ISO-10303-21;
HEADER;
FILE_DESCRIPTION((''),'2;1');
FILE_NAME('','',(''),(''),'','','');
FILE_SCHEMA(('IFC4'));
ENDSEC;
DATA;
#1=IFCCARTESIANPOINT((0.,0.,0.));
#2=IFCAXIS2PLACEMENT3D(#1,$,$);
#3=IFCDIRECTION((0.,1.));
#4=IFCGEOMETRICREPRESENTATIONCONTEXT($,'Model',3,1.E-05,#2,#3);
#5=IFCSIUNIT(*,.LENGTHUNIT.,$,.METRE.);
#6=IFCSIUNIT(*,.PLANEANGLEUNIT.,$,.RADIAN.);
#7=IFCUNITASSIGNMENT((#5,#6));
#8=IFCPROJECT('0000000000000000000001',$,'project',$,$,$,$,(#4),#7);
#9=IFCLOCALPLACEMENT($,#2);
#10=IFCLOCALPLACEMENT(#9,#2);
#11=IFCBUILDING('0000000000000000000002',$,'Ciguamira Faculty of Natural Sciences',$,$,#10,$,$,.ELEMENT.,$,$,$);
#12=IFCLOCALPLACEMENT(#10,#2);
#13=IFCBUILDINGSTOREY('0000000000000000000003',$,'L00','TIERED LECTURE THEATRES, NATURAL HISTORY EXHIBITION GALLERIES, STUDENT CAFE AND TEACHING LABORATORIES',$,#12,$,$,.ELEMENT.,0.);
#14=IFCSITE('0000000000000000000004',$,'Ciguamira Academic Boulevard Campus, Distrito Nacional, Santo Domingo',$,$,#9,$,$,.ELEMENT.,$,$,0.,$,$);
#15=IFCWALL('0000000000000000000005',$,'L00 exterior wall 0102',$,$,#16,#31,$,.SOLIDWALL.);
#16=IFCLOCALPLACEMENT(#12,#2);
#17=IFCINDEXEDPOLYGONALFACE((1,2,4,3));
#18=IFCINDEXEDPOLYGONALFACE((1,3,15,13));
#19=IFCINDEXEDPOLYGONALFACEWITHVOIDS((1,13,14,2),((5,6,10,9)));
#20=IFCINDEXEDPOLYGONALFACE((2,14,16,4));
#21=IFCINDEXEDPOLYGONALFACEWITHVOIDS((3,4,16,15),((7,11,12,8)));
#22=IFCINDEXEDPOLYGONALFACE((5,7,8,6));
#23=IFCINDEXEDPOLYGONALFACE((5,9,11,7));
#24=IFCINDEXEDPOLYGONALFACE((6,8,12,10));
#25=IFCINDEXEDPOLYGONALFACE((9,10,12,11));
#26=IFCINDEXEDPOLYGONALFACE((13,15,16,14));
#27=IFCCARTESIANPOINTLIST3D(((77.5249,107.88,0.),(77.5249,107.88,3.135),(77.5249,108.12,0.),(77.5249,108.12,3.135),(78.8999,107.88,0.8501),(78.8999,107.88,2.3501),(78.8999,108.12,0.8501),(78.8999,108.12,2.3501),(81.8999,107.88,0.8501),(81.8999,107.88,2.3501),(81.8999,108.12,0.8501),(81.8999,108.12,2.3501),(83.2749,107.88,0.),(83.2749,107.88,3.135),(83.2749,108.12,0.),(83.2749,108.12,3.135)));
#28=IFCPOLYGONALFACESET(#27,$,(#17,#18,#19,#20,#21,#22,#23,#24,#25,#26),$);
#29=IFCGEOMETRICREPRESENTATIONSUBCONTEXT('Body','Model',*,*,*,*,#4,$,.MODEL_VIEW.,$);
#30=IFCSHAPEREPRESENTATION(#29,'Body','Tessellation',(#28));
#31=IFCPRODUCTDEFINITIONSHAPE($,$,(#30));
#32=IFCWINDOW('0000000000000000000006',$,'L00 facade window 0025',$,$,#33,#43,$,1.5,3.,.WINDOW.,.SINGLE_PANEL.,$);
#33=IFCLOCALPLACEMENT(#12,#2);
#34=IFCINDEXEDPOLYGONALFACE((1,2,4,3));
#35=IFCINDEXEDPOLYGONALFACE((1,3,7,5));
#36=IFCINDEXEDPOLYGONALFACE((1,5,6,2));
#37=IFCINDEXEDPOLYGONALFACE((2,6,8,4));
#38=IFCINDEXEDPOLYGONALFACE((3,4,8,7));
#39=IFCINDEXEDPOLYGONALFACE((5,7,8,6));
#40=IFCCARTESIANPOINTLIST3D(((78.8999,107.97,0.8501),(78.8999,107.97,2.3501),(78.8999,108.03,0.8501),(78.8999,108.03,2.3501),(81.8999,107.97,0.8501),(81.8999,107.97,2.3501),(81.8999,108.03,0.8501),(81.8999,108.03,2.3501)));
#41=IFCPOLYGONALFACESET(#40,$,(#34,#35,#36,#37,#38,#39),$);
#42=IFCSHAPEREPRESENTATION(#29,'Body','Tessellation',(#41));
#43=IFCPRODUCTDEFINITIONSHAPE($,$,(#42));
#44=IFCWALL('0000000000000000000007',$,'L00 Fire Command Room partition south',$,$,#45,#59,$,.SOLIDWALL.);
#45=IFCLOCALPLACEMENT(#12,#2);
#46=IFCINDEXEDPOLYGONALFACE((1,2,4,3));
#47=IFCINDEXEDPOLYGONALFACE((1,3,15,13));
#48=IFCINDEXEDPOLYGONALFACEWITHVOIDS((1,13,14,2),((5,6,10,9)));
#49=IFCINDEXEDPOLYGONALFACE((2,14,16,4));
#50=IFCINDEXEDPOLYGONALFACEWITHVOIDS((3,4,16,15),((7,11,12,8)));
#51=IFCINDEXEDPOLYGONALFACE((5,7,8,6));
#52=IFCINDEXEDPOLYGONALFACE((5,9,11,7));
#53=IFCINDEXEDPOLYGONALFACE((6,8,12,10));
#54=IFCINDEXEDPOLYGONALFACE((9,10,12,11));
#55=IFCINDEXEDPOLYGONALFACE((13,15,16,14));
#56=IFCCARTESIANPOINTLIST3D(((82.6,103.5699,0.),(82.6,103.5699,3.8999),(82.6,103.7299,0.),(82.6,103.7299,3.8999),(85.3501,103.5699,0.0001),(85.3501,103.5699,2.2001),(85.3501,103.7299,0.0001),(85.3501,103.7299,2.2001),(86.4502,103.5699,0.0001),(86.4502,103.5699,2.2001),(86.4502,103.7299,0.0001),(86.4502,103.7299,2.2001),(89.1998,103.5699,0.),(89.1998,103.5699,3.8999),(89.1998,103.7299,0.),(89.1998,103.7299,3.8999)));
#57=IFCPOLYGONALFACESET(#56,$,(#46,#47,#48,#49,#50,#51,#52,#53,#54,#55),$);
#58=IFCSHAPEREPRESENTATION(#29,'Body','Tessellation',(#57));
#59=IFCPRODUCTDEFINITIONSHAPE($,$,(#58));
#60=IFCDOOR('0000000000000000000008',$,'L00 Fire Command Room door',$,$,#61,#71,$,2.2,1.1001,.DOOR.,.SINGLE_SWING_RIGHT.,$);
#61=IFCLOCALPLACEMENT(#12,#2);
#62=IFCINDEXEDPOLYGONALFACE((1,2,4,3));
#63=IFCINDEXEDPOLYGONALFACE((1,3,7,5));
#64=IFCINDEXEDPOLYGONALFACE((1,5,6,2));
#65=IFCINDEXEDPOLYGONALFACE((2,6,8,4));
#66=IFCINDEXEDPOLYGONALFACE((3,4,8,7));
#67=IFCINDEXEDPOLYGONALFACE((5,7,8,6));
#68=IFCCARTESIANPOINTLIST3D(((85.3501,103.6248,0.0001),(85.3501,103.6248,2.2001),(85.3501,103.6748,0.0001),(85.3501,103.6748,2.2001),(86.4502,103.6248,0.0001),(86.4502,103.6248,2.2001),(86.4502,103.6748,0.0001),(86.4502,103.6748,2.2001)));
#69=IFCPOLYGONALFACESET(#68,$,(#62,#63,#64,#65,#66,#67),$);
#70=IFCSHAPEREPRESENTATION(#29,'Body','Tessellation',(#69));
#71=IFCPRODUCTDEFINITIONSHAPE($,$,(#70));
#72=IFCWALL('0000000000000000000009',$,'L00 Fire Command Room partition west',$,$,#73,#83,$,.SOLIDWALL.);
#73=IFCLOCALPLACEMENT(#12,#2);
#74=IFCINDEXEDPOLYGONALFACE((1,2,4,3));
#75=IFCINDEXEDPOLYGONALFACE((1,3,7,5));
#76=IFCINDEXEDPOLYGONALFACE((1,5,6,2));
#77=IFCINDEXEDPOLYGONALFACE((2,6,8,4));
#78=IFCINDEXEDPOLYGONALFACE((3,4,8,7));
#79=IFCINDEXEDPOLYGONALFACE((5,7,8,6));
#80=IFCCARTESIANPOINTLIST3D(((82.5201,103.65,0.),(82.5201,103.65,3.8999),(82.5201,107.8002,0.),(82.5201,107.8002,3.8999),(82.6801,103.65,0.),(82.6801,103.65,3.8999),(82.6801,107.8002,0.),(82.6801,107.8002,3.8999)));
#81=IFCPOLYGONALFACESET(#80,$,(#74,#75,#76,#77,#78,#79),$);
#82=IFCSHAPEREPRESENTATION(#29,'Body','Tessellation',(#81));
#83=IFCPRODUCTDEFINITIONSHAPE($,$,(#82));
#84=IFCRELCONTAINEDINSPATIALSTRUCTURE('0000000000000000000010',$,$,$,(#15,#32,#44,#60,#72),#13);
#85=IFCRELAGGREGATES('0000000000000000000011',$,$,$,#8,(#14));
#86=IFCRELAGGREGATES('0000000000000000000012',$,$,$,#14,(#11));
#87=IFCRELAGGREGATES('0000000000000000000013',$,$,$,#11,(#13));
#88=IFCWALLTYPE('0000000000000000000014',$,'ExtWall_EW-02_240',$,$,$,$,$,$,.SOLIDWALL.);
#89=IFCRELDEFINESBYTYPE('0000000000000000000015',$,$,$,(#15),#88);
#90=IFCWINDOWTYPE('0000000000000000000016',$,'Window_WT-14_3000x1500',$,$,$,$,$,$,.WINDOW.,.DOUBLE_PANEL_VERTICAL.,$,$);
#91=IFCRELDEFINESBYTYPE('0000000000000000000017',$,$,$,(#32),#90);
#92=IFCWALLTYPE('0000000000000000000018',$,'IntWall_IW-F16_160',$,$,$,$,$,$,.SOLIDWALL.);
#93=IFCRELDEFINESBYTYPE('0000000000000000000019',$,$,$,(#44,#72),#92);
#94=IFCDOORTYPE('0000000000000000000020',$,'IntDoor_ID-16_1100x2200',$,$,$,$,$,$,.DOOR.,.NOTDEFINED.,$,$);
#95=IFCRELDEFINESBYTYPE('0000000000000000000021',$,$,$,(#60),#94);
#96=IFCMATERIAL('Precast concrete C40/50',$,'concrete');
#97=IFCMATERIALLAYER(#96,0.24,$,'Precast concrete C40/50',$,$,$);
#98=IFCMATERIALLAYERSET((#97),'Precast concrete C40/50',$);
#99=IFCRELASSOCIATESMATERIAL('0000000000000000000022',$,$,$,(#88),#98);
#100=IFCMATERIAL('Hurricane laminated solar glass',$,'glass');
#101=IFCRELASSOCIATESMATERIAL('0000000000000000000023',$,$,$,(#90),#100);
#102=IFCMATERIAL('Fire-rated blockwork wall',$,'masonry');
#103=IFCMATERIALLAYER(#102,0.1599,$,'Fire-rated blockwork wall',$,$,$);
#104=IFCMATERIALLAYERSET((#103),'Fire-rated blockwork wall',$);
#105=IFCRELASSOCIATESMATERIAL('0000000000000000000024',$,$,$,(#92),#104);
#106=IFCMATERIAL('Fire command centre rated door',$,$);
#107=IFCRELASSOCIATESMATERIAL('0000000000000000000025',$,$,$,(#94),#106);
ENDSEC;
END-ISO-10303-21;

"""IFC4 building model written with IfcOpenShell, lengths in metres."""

from ifc_helpers import new_model, si_unit, direction, frame, frame_2d, origin, place, context, subcontext, project, spatial, rectangle, extrude, material, layer, layer_set, type_object, element, fill, save


model = new_model("IFC4")

# Units and contexts
model_context = context("Model", 3, precision=1e-05, world=origin(), true_north=direction((0.0, 1.0)))
body_context = subcontext(model_context, "Body", "Model", "MODEL_VIEW")
ifc_project = project(units=[si_unit("LENGTHUNIT", "METRE"), si_unit("PLANEANGLEUNIT", "RADIAN")], contexts=[model_context])

# Site, building, storey
site_placement = place(None, origin())
site = spatial("IfcSite", under=ifc_project, at=site_placement, Name="Ciguamira Academic Boulevard Campus, Distrito Nacional, Santo Domingo", CompositionType="ELEMENT", RefElevation=0.0)
building_placement = place(site_placement, origin())
building = spatial("IfcBuilding", under=site, at=building_placement, Name="Ciguamira Faculty of Natural Sciences", CompositionType="ELEMENT")
storey_placement = place(building_placement, origin())
storey = spatial("IfcBuildingStorey", under=building, at=storey_placement, Name="L00", Description="TIERED LECTURE THEATRES, NATURAL HISTORY EXHIBITION GALLERIES, STUDENT CAFE AND TEACHING LABORATORIES", CompositionType="ELEMENT", Elevation=0.0)

# Wall, opening, window
ifc_material_1 = material(Name="Precast concrete C40/50", Category="concrete")
ifc_layer_1 = layer(ifc_material_1, 0.24, Name="Precast concrete C40/50")
ifc_layer_set_1 = layer_set([ifc_layer_1], Name="Precast concrete C40/50")
wall_type_1 = type_object("IfcWallType", Name="ExtWall_EW-02_240", PredefinedType="SOLIDWALL", material=ifc_layer_set_1)
wall_1_placement = place(storey_placement, frame((77.5249, 108.0, 0.0), z_axis=(0.0, 0.0, 1.0), x_axis=(1.0, 0.0, 0.0)))
wall_1 = element("IfcWall", 1, at=wall_1_placement, inside=storey, type_object=wall_type_1, Name="L00 exterior wall 0102", PredefinedType="SOLIDWALL", context=body_context, shape_type="SweptSolid", body=[
    extrude(rectangle(XDim=5.75, YDim=0.24, at=frame_2d((2.875, 0.0))), origin(), (0.0, 0.0, 1.0), 3.135),
])
opening_1_placement = place(wall_1_placement, frame((1.375, 0.0, 0.8501)))
opening_1 = element("IfcOpeningElement", 2, at=opening_1_placement, cuts=wall_1, PredefinedType="OPENING", context=body_context, shape_type="SweptSolid", body=[
    extrude(rectangle(XDim=3.0, YDim=1.5, at=frame_2d((1.5, 0.75))), frame((0.0, 0.1299, 0.0), z_axis=(0.0, -1.0, 0.0), x_axis=(1.0, 0.0, 0.0)), (0.0, 0.0, 1.0), 0.26),
])
ifc_material_2 = material(Name="Hurricane laminated solar glass", Category="glass")
window_type = type_object("IfcWindowType", Name="Window_WT-14_3000x1500", PartitioningType="DOUBLE_PANEL_VERTICAL", PredefinedType="WINDOW", material=ifc_material_2)
window_placement = place(opening_1_placement, origin())
window = element("IfcWindow", 3, at=window_placement, inside=storey, type_object=window_type, Name="L00 facade window 0025", OverallHeight=1.5, OverallWidth=3.0, PartitioningType="SINGLE_PANEL", PredefinedType="WINDOW", context=body_context, shape_type="SweptSolid", body=[
    extrude(rectangle(XDim=3.0, YDim=1.5, at=frame_2d((1.5, 0.75))), frame((0.0, 0.03, 0.0), z_axis=(0.0, -1.0, 0.0), x_axis=(1.0, 0.0, 0.0)), (0.0, 0.0, 1.0), 0.0601),
])
fill(opening_1, window)

# Wall, opening, door
ifc_material_3 = material(Name="Fire-rated blockwork wall", Category="masonry")
ifc_layer_2 = layer(ifc_material_3, 0.1599, Name="Fire-rated blockwork wall")
ifc_layer_set_2 = layer_set([ifc_layer_2], Name="Fire-rated blockwork wall")
wall_type_2 = type_object("IfcWallType", Name="IntWall_IW-F16_160", PredefinedType="SOLIDWALL", material=ifc_layer_set_2)
wall_2_placement = place(storey_placement, frame((82.6001, 103.6499, 0.0), z_axis=(0.0, 0.0, 1.0), x_axis=(1.0, 0.0, 0.0)))
wall_2 = element("IfcWall", 4, at=wall_2_placement, inside=storey, type_object=wall_type_2, Name="L00 Fire Command Room partition south", PredefinedType="SOLIDWALL", context=body_context, shape_type="SweptSolid", body=[
    extrude(rectangle(XDim=6.5999, YDim=0.1599, at=frame_2d((3.2998, 0.0))), origin(), (0.0, 0.0, 1.0), 3.8999),
])
opening_2_placement = place(wall_2_placement, frame((2.75, 0.0, 0.0)))
opening_2 = element("IfcOpeningElement", 5, at=opening_2_placement, cuts=wall_2, PredefinedType="OPENING", context=body_context, shape_type="SweptSolid", body=[
    extrude(rectangle(XDim=1.1001, YDim=2.2, at=frame_2d((0.55, 1.1001))), frame((0.0, 0.0898, 0.0), z_axis=(0.0, -1.0, 0.0), x_axis=(1.0, 0.0, 0.0)), (0.0, 0.0, 1.0), 0.1799),
])
ifc_material_4 = material(Name="Fire command centre rated door")
door_type = type_object("IfcDoorType", Name="IntDoor_ID-16_1100x2200", OperationType="NOTDEFINED", PredefinedType="DOOR", material=ifc_material_4)
door_placement = place(opening_2_placement, origin())
door = element("IfcDoor", 6, at=door_placement, inside=storey, type_object=door_type, Name="L00 Fire Command Room door", OperationType="SINGLE_SWING_RIGHT", OverallHeight=2.2, OverallWidth=1.1001, PredefinedType="DOOR", context=body_context, shape_type="SweptSolid", body=[
    extrude(rectangle(XDim=1.1001, YDim=2.2, at=frame_2d((0.55, 1.1001))), frame((0.0, 0.0249, 0.0), z_axis=(0.0, -1.0, 0.0), x_axis=(1.0, 0.0, 0.0)), (0.0, 0.0, 1.0), 0.05),
])
fill(opening_2, door)

# Wall
wall_3_placement = place(storey_placement, frame((82.6001, 103.6499, 0.0), z_axis=(0.0, 0.0, 1.0), x_axis=(0.0, 1.0, 0.0)))
element("IfcWall", 7, at=wall_3_placement, inside=storey, type_object=wall_type_2, Name="L00 Fire Command Room partition west", PredefinedType="SOLIDWALL", context=body_context, shape_type="SweptSolid", body=[
    extrude(rectangle(XDim=4.1501, YDim=0.1599, at=frame_2d((2.0752, 0.0))), origin(), (0.0, 0.0, 1.0), 3.8999),
])

save(model, "model.ifc")
